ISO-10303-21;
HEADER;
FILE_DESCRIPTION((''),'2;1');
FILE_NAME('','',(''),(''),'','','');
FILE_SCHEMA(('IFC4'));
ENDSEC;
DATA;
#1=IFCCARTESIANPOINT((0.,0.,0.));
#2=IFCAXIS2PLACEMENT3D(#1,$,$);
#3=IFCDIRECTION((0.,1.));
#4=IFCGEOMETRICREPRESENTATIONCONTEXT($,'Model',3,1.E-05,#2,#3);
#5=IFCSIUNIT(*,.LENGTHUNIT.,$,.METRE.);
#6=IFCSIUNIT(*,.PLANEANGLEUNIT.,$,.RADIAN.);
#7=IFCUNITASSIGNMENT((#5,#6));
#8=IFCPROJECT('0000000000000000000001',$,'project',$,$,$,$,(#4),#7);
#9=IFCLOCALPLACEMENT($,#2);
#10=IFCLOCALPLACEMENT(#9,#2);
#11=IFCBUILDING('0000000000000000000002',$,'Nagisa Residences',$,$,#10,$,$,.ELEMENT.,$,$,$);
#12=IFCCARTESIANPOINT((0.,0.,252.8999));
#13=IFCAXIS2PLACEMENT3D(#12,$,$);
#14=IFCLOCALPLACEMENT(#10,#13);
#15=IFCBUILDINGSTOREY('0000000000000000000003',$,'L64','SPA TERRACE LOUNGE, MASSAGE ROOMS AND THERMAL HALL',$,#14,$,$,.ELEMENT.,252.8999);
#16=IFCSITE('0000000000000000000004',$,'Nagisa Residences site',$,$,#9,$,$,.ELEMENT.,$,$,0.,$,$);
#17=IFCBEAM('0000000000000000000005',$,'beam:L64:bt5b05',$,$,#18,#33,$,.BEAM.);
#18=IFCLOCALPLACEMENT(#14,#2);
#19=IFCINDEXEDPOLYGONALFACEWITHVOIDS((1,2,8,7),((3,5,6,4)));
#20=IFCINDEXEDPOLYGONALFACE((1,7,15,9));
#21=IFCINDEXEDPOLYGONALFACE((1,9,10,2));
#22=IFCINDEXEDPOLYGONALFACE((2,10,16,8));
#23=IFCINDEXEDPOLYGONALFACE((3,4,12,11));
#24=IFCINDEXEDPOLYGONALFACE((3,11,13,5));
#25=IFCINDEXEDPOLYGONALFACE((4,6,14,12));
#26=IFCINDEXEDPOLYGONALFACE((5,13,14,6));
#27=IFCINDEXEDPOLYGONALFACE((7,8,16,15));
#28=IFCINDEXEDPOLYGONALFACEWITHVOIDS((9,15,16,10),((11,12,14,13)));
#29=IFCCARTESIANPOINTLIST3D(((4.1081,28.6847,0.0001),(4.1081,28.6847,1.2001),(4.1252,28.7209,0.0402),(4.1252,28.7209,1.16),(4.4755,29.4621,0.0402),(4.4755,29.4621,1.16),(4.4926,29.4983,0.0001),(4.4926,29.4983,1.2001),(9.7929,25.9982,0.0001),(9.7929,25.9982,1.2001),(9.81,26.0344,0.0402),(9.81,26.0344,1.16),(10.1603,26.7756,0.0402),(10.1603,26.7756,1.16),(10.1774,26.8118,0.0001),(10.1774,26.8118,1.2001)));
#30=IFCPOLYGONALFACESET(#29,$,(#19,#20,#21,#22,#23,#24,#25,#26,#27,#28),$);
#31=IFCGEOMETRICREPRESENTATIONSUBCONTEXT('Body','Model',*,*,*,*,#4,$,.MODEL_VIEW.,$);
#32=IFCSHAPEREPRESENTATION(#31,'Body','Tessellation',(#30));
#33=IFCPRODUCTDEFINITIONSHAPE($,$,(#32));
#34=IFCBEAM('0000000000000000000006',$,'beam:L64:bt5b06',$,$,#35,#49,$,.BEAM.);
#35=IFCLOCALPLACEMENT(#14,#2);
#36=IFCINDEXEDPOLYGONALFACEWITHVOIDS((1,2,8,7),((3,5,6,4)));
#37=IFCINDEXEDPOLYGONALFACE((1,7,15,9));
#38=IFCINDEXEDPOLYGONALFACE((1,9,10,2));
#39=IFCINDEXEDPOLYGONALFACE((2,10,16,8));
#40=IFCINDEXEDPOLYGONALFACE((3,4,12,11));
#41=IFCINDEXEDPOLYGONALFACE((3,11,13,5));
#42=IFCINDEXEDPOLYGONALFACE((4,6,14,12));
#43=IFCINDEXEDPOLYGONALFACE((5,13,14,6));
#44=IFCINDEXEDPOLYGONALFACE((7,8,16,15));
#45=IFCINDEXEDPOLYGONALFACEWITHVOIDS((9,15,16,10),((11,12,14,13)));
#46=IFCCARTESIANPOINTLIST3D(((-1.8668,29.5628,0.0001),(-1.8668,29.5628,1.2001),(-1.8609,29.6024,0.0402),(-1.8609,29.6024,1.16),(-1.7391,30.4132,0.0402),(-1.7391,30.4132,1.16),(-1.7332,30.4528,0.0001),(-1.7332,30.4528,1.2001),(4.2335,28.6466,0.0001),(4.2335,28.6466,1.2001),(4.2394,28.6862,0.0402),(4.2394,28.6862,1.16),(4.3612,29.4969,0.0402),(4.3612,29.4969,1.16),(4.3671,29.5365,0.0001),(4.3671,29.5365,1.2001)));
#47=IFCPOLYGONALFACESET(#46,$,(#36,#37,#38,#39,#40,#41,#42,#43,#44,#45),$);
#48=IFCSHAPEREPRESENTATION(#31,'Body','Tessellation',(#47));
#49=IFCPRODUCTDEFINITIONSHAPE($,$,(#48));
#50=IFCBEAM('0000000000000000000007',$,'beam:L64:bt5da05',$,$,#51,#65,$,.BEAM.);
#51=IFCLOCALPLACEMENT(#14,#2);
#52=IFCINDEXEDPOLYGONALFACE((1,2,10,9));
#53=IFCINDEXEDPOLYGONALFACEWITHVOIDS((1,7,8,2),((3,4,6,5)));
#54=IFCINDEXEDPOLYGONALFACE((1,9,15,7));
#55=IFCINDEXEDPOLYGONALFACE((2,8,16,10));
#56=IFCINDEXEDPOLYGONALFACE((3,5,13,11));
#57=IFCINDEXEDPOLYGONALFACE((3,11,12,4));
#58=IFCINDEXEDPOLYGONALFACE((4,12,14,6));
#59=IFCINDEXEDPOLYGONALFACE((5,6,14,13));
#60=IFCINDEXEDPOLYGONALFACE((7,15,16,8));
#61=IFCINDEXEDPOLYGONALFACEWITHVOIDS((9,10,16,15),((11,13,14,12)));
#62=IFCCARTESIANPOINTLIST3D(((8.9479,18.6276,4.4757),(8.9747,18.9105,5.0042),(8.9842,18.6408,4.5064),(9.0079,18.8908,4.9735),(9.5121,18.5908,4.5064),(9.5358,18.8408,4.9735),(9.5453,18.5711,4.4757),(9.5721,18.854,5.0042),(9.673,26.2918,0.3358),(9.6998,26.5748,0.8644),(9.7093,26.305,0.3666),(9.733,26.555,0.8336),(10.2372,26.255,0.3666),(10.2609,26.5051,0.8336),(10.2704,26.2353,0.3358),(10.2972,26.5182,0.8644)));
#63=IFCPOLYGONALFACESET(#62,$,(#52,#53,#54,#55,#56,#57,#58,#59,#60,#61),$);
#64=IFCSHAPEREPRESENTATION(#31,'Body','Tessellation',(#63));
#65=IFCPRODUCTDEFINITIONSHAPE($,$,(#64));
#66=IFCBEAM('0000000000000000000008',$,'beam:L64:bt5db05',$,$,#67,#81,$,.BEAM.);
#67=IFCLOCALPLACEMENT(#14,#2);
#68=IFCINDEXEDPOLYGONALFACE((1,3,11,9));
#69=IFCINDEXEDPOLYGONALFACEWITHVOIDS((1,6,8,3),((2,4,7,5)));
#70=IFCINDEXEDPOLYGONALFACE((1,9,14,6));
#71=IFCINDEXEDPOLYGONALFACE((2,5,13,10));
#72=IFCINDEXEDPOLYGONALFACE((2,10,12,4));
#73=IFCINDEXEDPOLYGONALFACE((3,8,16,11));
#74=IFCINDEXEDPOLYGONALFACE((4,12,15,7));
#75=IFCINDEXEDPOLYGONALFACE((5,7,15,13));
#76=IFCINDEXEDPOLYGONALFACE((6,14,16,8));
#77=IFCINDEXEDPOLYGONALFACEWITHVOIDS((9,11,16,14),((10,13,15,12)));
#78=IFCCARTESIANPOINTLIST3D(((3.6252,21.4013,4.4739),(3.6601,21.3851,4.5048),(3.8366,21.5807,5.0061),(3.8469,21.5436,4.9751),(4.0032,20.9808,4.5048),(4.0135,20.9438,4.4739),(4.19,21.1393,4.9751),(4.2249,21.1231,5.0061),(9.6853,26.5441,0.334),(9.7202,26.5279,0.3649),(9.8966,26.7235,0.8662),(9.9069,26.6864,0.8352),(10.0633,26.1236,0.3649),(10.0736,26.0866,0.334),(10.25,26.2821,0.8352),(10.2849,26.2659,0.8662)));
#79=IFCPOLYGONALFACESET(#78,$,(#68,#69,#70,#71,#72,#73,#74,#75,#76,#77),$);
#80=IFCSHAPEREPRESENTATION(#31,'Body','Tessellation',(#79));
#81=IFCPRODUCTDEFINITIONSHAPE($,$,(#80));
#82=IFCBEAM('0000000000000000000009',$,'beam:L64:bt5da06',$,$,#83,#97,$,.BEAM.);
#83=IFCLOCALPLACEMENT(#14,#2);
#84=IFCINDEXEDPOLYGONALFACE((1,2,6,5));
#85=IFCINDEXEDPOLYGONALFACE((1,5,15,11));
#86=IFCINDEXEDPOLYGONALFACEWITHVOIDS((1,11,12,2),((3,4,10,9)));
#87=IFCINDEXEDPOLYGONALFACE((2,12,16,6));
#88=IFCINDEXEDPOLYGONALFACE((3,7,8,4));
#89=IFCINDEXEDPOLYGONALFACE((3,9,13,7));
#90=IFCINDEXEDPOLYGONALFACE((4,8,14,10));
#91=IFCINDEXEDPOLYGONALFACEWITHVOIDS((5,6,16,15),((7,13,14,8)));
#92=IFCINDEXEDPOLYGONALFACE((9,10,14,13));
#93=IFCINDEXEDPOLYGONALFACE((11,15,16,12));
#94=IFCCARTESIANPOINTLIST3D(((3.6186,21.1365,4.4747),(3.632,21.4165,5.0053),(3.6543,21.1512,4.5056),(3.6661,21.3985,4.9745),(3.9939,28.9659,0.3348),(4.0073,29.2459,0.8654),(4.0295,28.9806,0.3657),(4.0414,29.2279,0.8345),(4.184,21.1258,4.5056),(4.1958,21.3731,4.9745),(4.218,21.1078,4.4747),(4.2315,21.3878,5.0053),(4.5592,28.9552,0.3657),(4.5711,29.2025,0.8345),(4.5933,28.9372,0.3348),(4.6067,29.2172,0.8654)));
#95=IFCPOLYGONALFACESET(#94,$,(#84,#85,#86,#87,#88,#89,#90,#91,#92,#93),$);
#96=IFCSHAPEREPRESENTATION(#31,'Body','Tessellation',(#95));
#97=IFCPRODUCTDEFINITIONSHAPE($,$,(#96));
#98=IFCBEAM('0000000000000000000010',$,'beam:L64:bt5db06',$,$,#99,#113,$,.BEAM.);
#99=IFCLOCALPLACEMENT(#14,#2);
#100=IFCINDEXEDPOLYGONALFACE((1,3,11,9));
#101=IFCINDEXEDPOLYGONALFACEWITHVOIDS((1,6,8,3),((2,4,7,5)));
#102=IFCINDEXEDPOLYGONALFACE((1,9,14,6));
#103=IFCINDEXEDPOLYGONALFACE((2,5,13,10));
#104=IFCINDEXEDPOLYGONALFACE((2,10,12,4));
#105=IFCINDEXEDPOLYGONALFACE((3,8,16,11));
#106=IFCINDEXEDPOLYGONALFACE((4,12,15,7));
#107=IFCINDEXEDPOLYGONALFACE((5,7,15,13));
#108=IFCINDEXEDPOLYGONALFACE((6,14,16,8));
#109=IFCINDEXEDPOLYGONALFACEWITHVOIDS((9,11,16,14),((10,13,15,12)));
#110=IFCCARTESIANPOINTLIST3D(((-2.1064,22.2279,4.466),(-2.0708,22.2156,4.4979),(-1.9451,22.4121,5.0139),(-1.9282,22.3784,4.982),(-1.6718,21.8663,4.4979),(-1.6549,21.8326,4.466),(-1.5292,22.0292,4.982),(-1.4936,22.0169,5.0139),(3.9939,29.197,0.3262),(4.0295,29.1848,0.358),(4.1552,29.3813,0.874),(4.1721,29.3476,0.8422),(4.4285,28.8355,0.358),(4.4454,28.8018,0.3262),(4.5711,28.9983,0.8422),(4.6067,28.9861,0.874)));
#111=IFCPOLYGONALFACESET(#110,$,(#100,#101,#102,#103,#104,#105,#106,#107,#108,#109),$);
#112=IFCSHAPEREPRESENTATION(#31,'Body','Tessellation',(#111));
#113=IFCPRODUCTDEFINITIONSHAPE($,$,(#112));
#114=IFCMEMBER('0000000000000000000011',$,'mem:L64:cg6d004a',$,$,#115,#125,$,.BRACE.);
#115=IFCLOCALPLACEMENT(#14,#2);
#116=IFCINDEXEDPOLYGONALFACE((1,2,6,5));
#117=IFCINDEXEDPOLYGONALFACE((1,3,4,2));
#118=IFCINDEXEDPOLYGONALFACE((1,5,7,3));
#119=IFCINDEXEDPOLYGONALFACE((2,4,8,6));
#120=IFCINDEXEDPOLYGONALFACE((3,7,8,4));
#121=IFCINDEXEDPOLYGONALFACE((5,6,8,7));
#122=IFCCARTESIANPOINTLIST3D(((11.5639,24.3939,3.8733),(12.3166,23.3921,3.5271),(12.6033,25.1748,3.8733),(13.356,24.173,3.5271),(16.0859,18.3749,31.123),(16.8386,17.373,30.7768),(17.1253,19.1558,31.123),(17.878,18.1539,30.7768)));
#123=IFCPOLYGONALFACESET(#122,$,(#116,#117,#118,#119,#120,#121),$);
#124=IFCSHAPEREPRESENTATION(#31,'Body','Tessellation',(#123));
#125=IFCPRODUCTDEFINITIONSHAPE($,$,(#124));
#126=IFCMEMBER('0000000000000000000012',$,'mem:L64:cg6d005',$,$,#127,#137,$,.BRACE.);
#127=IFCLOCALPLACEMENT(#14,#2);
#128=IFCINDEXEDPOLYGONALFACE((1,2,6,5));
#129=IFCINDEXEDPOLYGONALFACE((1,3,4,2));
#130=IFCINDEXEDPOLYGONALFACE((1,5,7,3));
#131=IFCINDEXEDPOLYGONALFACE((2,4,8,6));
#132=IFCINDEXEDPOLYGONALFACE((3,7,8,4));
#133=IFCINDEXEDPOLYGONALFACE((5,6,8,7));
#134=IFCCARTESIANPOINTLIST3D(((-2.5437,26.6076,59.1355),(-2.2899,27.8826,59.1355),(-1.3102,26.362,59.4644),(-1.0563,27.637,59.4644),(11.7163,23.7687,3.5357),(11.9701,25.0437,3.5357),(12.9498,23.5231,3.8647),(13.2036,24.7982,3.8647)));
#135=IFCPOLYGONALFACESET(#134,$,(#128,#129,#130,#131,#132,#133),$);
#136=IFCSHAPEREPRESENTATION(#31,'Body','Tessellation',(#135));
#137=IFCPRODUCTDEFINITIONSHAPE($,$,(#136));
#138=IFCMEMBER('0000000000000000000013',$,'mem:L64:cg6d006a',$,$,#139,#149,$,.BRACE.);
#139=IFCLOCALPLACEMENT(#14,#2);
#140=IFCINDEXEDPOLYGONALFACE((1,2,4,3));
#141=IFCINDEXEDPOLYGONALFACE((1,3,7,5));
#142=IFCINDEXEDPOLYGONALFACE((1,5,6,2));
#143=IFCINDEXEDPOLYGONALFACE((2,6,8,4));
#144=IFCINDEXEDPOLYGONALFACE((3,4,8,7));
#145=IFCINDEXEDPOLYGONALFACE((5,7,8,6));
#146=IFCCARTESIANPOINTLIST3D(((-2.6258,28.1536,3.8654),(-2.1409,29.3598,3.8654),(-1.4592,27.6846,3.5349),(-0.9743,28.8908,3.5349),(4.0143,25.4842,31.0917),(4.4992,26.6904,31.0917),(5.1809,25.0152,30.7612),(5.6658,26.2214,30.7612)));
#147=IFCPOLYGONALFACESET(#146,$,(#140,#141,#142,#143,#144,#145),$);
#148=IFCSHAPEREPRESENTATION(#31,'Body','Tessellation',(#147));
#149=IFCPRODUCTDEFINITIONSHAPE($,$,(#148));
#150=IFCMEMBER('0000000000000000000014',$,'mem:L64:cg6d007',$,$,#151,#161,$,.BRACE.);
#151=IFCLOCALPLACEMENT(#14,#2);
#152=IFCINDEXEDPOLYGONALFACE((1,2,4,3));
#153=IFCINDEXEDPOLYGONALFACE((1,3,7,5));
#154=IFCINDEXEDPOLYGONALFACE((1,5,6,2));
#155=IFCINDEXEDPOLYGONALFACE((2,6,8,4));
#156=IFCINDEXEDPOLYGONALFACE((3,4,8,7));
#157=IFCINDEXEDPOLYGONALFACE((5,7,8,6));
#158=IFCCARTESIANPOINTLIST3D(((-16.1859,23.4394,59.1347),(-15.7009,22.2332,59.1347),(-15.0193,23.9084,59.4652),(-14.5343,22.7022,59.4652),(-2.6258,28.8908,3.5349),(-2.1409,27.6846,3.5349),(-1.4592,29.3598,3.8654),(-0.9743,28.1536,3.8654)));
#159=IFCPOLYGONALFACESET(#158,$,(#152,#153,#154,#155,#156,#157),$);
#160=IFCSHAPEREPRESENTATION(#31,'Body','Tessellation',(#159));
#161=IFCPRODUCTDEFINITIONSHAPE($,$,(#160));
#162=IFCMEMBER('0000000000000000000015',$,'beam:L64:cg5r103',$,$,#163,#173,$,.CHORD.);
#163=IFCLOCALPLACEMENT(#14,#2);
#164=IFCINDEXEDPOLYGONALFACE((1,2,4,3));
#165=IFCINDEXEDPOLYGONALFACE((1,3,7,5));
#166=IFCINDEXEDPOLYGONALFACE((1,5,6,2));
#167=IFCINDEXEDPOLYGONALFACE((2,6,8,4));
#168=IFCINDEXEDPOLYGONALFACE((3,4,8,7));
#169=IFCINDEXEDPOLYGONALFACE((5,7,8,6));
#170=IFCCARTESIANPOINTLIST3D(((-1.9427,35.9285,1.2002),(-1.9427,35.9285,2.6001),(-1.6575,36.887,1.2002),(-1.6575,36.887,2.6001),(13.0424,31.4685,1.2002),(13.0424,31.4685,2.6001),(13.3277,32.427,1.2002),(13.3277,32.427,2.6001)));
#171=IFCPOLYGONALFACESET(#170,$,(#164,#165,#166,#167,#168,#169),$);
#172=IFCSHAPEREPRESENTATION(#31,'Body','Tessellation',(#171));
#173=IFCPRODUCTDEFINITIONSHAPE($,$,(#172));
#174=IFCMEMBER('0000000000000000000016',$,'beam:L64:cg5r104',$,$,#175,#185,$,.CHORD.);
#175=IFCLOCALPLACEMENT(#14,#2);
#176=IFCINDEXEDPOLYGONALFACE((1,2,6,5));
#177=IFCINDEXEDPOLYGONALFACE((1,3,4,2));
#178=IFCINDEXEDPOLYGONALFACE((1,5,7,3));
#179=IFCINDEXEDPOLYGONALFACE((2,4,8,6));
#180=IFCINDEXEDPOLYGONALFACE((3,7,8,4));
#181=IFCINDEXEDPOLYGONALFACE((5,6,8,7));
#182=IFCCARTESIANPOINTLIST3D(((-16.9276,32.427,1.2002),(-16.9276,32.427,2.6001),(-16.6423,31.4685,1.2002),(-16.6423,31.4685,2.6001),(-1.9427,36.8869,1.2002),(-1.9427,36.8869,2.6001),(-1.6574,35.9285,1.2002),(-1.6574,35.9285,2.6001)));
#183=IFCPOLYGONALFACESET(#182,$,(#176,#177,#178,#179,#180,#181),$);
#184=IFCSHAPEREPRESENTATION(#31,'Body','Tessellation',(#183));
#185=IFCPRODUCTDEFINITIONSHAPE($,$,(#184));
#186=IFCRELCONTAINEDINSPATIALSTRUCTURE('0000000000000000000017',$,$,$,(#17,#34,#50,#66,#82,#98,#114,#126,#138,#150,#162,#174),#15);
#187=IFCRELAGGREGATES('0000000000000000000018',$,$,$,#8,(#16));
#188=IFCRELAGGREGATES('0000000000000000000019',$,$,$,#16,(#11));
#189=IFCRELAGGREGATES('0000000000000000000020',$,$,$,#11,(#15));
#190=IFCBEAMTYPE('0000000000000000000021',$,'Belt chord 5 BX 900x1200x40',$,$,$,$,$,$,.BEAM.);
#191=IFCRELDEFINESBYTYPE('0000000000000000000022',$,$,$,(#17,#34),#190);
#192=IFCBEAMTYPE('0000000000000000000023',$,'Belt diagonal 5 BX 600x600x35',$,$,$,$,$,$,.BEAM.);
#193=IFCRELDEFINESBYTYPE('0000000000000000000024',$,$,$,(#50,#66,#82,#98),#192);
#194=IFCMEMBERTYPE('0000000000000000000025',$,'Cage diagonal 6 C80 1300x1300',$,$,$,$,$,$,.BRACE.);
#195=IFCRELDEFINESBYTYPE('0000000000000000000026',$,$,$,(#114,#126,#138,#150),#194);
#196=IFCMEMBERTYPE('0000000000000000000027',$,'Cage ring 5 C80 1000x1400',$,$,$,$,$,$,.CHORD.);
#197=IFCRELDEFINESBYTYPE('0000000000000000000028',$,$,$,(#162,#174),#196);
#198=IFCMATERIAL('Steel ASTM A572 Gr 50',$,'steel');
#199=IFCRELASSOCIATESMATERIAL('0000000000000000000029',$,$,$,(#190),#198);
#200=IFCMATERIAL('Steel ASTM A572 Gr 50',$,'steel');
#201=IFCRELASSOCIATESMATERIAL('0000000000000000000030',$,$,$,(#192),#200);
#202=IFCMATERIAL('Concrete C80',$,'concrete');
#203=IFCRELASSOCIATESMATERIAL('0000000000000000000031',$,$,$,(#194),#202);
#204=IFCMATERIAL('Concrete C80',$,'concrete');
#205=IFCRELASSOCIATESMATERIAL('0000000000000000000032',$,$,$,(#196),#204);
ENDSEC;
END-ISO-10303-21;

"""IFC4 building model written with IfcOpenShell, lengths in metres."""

from ifc_helpers import new_model, si_unit, direction, frame, origin, origin_2d, place, context, subcontext, project, spatial, rectangle, hollow_rectangle, extrude, material, material_profile, profile_set, type_object, element, save


model = new_model("IFC4")

# Units and contexts
model_context = context("Model", 3, precision=1e-05, world=origin(), true_north=direction((0.0, 1.0)))
body_context = subcontext(model_context, "Body", "Model", "MODEL_VIEW")
ifc_project = project(units=[si_unit("LENGTHUNIT", "METRE"), si_unit("PLANEANGLEUNIT", "RADIAN")], contexts=[model_context])

# Site, building, storey
site_placement = place(None, origin())
site = spatial("IfcSite", under=ifc_project, at=site_placement, Name="Nagisa Residences site", CompositionType="ELEMENT", RefElevation=0.0)
building_placement = place(site_placement, origin())
building = spatial("IfcBuilding", under=site, at=building_placement, Name="Nagisa Residences", CompositionType="ELEMENT")
storey_placement = place(building_placement, frame((0.0, 0.0, 252.8999)))
storey = spatial("IfcBuildingStorey", under=building, at=storey_placement, Name="L64", Description="SPA TERRACE LOUNGE, MASSAGE ROOMS AND THERMAL HALL", CompositionType="ELEMENT", Elevation=252.8999)

# Beams
ifc_material_1 = material(Name="Steel ASTM A572 Gr 50", Category="steel")
ifc_material_profile_1 = material_profile(ifc_material_1, hollow_rectangle(XDim=0.8999, YDim=1.2, WallThickness=0.04, at=origin_2d()), Name="BX 900x1200x40")
ifc_profile_set_1 = profile_set([ifc_material_profile_1], Name="Steel ASTM A572 Gr 50")
beam_type_1 = type_object("IfcBeamType", Name="Belt chord 5 BX 900x1200x40", PredefinedType="BEAM", material=ifc_profile_set_1)
beam_1_placement = place(storey_placement, frame((9.9851, 26.405, 0.6001), z_axis=(-0.904124, 0.42727, 0.0), x_axis=(-0.42727, -0.904124, 0.0)))
element("IfcBeam", 1, at=beam_1_placement, inside=storey, type_object=beam_type_1, Name="beam:L64:bt5b05", PredefinedType="BEAM", context=body_context, shape_type="SweptSolid", body=[
    extrude(hollow_rectangle(XDim=0.8999, YDim=1.2, WallThickness=0.04, at=origin_2d()), origin(), (0.0, 0.0, 1.0), 6.2876),
])
beam_2_placement = place(storey_placement, frame((4.3003, 29.0916, 0.6001), z_axis=(-0.988908, 0.148532, 0.0), x_axis=(-0.148532, -0.988908, 0.0)))
element("IfcBeam", 2, at=beam_2_placement, inside=storey, type_object=beam_type_1, Name="beam:L64:bt5b06", PredefinedType="BEAM", context=body_context, shape_type="SweptSolid", body=[
    extrude(hollow_rectangle(XDim=0.8999, YDim=1.2, WallThickness=0.04, at=origin_2d()), origin(), (0.0, 0.0, 1.0), 6.1687),
])
ifc_material_2 = material(Name="Steel ASTM A572 Gr 50", Category="steel")
ifc_material_profile_2 = material_profile(ifc_material_2, hollow_rectangle(XDim=0.6001, YDim=0.6001, WallThickness=0.0349, at=origin_2d()), Name="BX 600x600x35")
ifc_profile_set_2 = profile_set([ifc_material_profile_2], Name="Steel ASTM A572 Gr 50")
beam_type_2 = type_object("IfcBeamType", Name="Belt diagonal 5 BX 600x600x35", PredefinedType="BEAM", material=ifc_profile_set_2)
beam_3_placement = place(storey_placement, frame((9.9851, 26.405, 0.6001), z_axis=(-0.082953, -0.876817, 0.473615), x_axis=(0.995555, -0.094187, 0.0)))
element("IfcBeam", 3, at=beam_3_placement, inside=storey, type_object=beam_type_2, Name="beam:L64:bt5da05", PredefinedType="BEAM", context=body_context, shape_type="SweptSolid", body=[
    extrude(hollow_rectangle(XDim=0.6001, YDim=0.6001, WallThickness=0.0349, at=origin_2d()), origin(), (0.0, 0.0, 1.0), 8.741),
])
beam_4_placement = place(storey_placement, frame((9.9851, 26.405, 0.6001), z_axis=(-0.676219, -0.573868, 0.461955), x_axis=(0.647047, -0.76245, 0.0)))
element("IfcBeam", 4, at=beam_4_placement, inside=storey, type_object=beam_type_2, Name="beam:L64:bt5db05", PredefinedType="BEAM", context=body_context, shape_type="SweptSolid", body=[
    extrude(hollow_rectangle(XDim=0.6001, YDim=0.6001, WallThickness=0.0349, at=origin_2d()), origin(), (0.0, 0.0, 1.0), 8.9617),
])
beam_5_placement = place(storey_placement, frame((4.3003, 29.0916, 0.6001), z_axis=(-0.042331, -0.883231, 0.467023), x_axis=(0.998853, -0.047873, 0.0)))
element("IfcBeam", 5, at=beam_5_placement, inside=storey, type_object=beam_type_2, Name="beam:L64:bt5da06", PredefinedType="BEAM", context=body_context, shape_type="SweptSolid", body=[
    extrude(hollow_rectangle(XDim=0.6001, YDim=0.6001, WallThickness=0.0349, at=origin_2d()), origin(), (0.0, 0.0, 1.0), 8.8645),
])
beam_6_placement = place(storey_placement, frame((4.3003, 29.0916, 0.6001), z_axis=(-0.601309, -0.686956, 0.408068), x_axis=(0.752456, -0.658643, 0.0)))
element("IfcBeam", 6, at=beam_6_placement, inside=storey, type_object=beam_type_2, Name="beam:L64:bt5db06", PredefinedType="BEAM", context=body_context, shape_type="SweptSolid", body=[
    extrude(hollow_rectangle(XDim=0.6001, YDim=0.6001, WallThickness=0.0349, at=origin_2d()), origin(), (0.0, 0.0, 1.0), 10.145),
])

# Members
ifc_material_3 = material(Name="Concrete C80", Category="concrete")
ifc_material_profile_3 = material_profile(ifc_material_3, rectangle(XDim=1.3, YDim=1.3, at=origin_2d()), Name="C80 1300x1300")
ifc_profile_set_3 = profile_set([ifc_material_profile_3], Name="Concrete C80")
member_type_1 = type_object("IfcMemberType", Name="Cage diagonal 6 C80 1300x1300", PredefinedType="BRACE", material=ifc_profile_set_3)
member_1_placement = place(storey_placement, frame((12.46, 24.2834, 3.7002), z_axis=(0.159953, -0.212908, 0.963891), x_axis=(0.799509, 0.600654, 0.0)))
element("IfcMember", 7, at=member_1_placement, inside=storey, type_object=member_type_1, Name="mem:L64:cg6d004a", PredefinedType="BRACE", context=body_context, shape_type="SweptSolid", body=[
    extrude(rectangle(XDim=1.3, YDim=1.3, at=origin_2d()), origin(), (0.0, 0.0, 1.0), 28.2705),
])
member_2_placement = place(storey_placement, frame((12.46, 24.2834, 3.7002), z_axis=(-0.248132, 0.049398, 0.967466), x_axis=(-0.195247, -0.980754, 0.0)))
element("IfcMember", 8, at=member_2_placement, inside=storey, type_object=member_type_1, Name="mem:L64:cg6d005", PredefinedType="BRACE", context=body_context, shape_type="SweptSolid", body=[
    extrude(rectangle(XDim=1.3, YDim=1.3, at=origin_2d()), origin(), (0.0, 0.0, 1.0), 57.4695),
])
member_3_placement = place(storey_placement, frame((-1.8, 28.5222, 3.7002), z_axis=(0.235874, -0.094825, 0.967146), x_axis=(0.373002, 0.927831, 0.0)))
element("IfcMember", 9, at=member_3_placement, inside=storey, type_object=member_type_1, Name="mem:L64:cg6d006a", PredefinedType="BRACE", context=body_context, shape_type="SweptSolid", body=[
    extrude(rectangle(XDim=1.3, YDim=1.3, at=origin_2d()), origin(), (0.0, 0.0, 1.0), 28.1511),
])
member_4_placement = place(storey_placement, frame((-1.8, 28.5222, 3.7002), z_axis=(-0.235874, -0.094826, 0.967146), x_axis=(0.373006, -0.927829, 0.0)))
element("IfcMember", 10, at=member_4_placement, inside=storey, type_object=member_type_1, Name="mem:L64:cg6d007", PredefinedType="BRACE", context=body_context, shape_type="SweptSolid", body=[
    extrude(rectangle(XDim=1.3, YDim=1.3, at=origin_2d()), origin(), (0.0, 0.0, 1.0), 57.4885),
])
ifc_material_4 = material(Name="Concrete C80", Category="concrete")
ifc_material_profile_4 = material_profile(ifc_material_4, rectangle(XDim=1.0, YDim=1.3999, at=origin_2d()), Name="C80 1000x1400")
ifc_profile_set_4 = profile_set([ifc_material_profile_4], Name="Concrete C80")
member_type_2 = type_object("IfcMemberType", Name="Cage ring 5 C80 1000x1400", PredefinedType="CHORD", material=ifc_profile_set_4)
member_5_placement = place(storey_placement, frame((13.1851, 31.9478, 1.9001), z_axis=(-0.95845, 0.28526, 0.0), x_axis=(-0.28526, -0.95845, 0.0)))
element("IfcMember", 11, at=member_5_placement, inside=storey, type_object=member_type_2, Name="beam:L64:cg5r103", PredefinedType="CHORD", context=body_context, shape_type="SweptSolid", body=[
    extrude(rectangle(XDim=1.0, YDim=1.3999, at=origin_2d()), origin(), (0.0, 0.0, 1.0), 15.6348),
])
member_6_placement = place(storey_placement, frame((-1.8, 36.4077, 1.9001), z_axis=(-0.958449, -0.285264, 0.0), x_axis=(0.285264, -0.958449, 0.0)))
element("IfcMember", 12, at=member_6_placement, inside=storey, type_object=member_type_2, Name="beam:L64:cg5r104", PredefinedType="CHORD", context=body_context, shape_type="SweptSolid", body=[
    extrude(rectangle(XDim=1.0, YDim=1.3999, at=origin_2d()), origin(), (0.0, 0.0, 1.0), 15.6345),
])

save(model, "model.ifc")
